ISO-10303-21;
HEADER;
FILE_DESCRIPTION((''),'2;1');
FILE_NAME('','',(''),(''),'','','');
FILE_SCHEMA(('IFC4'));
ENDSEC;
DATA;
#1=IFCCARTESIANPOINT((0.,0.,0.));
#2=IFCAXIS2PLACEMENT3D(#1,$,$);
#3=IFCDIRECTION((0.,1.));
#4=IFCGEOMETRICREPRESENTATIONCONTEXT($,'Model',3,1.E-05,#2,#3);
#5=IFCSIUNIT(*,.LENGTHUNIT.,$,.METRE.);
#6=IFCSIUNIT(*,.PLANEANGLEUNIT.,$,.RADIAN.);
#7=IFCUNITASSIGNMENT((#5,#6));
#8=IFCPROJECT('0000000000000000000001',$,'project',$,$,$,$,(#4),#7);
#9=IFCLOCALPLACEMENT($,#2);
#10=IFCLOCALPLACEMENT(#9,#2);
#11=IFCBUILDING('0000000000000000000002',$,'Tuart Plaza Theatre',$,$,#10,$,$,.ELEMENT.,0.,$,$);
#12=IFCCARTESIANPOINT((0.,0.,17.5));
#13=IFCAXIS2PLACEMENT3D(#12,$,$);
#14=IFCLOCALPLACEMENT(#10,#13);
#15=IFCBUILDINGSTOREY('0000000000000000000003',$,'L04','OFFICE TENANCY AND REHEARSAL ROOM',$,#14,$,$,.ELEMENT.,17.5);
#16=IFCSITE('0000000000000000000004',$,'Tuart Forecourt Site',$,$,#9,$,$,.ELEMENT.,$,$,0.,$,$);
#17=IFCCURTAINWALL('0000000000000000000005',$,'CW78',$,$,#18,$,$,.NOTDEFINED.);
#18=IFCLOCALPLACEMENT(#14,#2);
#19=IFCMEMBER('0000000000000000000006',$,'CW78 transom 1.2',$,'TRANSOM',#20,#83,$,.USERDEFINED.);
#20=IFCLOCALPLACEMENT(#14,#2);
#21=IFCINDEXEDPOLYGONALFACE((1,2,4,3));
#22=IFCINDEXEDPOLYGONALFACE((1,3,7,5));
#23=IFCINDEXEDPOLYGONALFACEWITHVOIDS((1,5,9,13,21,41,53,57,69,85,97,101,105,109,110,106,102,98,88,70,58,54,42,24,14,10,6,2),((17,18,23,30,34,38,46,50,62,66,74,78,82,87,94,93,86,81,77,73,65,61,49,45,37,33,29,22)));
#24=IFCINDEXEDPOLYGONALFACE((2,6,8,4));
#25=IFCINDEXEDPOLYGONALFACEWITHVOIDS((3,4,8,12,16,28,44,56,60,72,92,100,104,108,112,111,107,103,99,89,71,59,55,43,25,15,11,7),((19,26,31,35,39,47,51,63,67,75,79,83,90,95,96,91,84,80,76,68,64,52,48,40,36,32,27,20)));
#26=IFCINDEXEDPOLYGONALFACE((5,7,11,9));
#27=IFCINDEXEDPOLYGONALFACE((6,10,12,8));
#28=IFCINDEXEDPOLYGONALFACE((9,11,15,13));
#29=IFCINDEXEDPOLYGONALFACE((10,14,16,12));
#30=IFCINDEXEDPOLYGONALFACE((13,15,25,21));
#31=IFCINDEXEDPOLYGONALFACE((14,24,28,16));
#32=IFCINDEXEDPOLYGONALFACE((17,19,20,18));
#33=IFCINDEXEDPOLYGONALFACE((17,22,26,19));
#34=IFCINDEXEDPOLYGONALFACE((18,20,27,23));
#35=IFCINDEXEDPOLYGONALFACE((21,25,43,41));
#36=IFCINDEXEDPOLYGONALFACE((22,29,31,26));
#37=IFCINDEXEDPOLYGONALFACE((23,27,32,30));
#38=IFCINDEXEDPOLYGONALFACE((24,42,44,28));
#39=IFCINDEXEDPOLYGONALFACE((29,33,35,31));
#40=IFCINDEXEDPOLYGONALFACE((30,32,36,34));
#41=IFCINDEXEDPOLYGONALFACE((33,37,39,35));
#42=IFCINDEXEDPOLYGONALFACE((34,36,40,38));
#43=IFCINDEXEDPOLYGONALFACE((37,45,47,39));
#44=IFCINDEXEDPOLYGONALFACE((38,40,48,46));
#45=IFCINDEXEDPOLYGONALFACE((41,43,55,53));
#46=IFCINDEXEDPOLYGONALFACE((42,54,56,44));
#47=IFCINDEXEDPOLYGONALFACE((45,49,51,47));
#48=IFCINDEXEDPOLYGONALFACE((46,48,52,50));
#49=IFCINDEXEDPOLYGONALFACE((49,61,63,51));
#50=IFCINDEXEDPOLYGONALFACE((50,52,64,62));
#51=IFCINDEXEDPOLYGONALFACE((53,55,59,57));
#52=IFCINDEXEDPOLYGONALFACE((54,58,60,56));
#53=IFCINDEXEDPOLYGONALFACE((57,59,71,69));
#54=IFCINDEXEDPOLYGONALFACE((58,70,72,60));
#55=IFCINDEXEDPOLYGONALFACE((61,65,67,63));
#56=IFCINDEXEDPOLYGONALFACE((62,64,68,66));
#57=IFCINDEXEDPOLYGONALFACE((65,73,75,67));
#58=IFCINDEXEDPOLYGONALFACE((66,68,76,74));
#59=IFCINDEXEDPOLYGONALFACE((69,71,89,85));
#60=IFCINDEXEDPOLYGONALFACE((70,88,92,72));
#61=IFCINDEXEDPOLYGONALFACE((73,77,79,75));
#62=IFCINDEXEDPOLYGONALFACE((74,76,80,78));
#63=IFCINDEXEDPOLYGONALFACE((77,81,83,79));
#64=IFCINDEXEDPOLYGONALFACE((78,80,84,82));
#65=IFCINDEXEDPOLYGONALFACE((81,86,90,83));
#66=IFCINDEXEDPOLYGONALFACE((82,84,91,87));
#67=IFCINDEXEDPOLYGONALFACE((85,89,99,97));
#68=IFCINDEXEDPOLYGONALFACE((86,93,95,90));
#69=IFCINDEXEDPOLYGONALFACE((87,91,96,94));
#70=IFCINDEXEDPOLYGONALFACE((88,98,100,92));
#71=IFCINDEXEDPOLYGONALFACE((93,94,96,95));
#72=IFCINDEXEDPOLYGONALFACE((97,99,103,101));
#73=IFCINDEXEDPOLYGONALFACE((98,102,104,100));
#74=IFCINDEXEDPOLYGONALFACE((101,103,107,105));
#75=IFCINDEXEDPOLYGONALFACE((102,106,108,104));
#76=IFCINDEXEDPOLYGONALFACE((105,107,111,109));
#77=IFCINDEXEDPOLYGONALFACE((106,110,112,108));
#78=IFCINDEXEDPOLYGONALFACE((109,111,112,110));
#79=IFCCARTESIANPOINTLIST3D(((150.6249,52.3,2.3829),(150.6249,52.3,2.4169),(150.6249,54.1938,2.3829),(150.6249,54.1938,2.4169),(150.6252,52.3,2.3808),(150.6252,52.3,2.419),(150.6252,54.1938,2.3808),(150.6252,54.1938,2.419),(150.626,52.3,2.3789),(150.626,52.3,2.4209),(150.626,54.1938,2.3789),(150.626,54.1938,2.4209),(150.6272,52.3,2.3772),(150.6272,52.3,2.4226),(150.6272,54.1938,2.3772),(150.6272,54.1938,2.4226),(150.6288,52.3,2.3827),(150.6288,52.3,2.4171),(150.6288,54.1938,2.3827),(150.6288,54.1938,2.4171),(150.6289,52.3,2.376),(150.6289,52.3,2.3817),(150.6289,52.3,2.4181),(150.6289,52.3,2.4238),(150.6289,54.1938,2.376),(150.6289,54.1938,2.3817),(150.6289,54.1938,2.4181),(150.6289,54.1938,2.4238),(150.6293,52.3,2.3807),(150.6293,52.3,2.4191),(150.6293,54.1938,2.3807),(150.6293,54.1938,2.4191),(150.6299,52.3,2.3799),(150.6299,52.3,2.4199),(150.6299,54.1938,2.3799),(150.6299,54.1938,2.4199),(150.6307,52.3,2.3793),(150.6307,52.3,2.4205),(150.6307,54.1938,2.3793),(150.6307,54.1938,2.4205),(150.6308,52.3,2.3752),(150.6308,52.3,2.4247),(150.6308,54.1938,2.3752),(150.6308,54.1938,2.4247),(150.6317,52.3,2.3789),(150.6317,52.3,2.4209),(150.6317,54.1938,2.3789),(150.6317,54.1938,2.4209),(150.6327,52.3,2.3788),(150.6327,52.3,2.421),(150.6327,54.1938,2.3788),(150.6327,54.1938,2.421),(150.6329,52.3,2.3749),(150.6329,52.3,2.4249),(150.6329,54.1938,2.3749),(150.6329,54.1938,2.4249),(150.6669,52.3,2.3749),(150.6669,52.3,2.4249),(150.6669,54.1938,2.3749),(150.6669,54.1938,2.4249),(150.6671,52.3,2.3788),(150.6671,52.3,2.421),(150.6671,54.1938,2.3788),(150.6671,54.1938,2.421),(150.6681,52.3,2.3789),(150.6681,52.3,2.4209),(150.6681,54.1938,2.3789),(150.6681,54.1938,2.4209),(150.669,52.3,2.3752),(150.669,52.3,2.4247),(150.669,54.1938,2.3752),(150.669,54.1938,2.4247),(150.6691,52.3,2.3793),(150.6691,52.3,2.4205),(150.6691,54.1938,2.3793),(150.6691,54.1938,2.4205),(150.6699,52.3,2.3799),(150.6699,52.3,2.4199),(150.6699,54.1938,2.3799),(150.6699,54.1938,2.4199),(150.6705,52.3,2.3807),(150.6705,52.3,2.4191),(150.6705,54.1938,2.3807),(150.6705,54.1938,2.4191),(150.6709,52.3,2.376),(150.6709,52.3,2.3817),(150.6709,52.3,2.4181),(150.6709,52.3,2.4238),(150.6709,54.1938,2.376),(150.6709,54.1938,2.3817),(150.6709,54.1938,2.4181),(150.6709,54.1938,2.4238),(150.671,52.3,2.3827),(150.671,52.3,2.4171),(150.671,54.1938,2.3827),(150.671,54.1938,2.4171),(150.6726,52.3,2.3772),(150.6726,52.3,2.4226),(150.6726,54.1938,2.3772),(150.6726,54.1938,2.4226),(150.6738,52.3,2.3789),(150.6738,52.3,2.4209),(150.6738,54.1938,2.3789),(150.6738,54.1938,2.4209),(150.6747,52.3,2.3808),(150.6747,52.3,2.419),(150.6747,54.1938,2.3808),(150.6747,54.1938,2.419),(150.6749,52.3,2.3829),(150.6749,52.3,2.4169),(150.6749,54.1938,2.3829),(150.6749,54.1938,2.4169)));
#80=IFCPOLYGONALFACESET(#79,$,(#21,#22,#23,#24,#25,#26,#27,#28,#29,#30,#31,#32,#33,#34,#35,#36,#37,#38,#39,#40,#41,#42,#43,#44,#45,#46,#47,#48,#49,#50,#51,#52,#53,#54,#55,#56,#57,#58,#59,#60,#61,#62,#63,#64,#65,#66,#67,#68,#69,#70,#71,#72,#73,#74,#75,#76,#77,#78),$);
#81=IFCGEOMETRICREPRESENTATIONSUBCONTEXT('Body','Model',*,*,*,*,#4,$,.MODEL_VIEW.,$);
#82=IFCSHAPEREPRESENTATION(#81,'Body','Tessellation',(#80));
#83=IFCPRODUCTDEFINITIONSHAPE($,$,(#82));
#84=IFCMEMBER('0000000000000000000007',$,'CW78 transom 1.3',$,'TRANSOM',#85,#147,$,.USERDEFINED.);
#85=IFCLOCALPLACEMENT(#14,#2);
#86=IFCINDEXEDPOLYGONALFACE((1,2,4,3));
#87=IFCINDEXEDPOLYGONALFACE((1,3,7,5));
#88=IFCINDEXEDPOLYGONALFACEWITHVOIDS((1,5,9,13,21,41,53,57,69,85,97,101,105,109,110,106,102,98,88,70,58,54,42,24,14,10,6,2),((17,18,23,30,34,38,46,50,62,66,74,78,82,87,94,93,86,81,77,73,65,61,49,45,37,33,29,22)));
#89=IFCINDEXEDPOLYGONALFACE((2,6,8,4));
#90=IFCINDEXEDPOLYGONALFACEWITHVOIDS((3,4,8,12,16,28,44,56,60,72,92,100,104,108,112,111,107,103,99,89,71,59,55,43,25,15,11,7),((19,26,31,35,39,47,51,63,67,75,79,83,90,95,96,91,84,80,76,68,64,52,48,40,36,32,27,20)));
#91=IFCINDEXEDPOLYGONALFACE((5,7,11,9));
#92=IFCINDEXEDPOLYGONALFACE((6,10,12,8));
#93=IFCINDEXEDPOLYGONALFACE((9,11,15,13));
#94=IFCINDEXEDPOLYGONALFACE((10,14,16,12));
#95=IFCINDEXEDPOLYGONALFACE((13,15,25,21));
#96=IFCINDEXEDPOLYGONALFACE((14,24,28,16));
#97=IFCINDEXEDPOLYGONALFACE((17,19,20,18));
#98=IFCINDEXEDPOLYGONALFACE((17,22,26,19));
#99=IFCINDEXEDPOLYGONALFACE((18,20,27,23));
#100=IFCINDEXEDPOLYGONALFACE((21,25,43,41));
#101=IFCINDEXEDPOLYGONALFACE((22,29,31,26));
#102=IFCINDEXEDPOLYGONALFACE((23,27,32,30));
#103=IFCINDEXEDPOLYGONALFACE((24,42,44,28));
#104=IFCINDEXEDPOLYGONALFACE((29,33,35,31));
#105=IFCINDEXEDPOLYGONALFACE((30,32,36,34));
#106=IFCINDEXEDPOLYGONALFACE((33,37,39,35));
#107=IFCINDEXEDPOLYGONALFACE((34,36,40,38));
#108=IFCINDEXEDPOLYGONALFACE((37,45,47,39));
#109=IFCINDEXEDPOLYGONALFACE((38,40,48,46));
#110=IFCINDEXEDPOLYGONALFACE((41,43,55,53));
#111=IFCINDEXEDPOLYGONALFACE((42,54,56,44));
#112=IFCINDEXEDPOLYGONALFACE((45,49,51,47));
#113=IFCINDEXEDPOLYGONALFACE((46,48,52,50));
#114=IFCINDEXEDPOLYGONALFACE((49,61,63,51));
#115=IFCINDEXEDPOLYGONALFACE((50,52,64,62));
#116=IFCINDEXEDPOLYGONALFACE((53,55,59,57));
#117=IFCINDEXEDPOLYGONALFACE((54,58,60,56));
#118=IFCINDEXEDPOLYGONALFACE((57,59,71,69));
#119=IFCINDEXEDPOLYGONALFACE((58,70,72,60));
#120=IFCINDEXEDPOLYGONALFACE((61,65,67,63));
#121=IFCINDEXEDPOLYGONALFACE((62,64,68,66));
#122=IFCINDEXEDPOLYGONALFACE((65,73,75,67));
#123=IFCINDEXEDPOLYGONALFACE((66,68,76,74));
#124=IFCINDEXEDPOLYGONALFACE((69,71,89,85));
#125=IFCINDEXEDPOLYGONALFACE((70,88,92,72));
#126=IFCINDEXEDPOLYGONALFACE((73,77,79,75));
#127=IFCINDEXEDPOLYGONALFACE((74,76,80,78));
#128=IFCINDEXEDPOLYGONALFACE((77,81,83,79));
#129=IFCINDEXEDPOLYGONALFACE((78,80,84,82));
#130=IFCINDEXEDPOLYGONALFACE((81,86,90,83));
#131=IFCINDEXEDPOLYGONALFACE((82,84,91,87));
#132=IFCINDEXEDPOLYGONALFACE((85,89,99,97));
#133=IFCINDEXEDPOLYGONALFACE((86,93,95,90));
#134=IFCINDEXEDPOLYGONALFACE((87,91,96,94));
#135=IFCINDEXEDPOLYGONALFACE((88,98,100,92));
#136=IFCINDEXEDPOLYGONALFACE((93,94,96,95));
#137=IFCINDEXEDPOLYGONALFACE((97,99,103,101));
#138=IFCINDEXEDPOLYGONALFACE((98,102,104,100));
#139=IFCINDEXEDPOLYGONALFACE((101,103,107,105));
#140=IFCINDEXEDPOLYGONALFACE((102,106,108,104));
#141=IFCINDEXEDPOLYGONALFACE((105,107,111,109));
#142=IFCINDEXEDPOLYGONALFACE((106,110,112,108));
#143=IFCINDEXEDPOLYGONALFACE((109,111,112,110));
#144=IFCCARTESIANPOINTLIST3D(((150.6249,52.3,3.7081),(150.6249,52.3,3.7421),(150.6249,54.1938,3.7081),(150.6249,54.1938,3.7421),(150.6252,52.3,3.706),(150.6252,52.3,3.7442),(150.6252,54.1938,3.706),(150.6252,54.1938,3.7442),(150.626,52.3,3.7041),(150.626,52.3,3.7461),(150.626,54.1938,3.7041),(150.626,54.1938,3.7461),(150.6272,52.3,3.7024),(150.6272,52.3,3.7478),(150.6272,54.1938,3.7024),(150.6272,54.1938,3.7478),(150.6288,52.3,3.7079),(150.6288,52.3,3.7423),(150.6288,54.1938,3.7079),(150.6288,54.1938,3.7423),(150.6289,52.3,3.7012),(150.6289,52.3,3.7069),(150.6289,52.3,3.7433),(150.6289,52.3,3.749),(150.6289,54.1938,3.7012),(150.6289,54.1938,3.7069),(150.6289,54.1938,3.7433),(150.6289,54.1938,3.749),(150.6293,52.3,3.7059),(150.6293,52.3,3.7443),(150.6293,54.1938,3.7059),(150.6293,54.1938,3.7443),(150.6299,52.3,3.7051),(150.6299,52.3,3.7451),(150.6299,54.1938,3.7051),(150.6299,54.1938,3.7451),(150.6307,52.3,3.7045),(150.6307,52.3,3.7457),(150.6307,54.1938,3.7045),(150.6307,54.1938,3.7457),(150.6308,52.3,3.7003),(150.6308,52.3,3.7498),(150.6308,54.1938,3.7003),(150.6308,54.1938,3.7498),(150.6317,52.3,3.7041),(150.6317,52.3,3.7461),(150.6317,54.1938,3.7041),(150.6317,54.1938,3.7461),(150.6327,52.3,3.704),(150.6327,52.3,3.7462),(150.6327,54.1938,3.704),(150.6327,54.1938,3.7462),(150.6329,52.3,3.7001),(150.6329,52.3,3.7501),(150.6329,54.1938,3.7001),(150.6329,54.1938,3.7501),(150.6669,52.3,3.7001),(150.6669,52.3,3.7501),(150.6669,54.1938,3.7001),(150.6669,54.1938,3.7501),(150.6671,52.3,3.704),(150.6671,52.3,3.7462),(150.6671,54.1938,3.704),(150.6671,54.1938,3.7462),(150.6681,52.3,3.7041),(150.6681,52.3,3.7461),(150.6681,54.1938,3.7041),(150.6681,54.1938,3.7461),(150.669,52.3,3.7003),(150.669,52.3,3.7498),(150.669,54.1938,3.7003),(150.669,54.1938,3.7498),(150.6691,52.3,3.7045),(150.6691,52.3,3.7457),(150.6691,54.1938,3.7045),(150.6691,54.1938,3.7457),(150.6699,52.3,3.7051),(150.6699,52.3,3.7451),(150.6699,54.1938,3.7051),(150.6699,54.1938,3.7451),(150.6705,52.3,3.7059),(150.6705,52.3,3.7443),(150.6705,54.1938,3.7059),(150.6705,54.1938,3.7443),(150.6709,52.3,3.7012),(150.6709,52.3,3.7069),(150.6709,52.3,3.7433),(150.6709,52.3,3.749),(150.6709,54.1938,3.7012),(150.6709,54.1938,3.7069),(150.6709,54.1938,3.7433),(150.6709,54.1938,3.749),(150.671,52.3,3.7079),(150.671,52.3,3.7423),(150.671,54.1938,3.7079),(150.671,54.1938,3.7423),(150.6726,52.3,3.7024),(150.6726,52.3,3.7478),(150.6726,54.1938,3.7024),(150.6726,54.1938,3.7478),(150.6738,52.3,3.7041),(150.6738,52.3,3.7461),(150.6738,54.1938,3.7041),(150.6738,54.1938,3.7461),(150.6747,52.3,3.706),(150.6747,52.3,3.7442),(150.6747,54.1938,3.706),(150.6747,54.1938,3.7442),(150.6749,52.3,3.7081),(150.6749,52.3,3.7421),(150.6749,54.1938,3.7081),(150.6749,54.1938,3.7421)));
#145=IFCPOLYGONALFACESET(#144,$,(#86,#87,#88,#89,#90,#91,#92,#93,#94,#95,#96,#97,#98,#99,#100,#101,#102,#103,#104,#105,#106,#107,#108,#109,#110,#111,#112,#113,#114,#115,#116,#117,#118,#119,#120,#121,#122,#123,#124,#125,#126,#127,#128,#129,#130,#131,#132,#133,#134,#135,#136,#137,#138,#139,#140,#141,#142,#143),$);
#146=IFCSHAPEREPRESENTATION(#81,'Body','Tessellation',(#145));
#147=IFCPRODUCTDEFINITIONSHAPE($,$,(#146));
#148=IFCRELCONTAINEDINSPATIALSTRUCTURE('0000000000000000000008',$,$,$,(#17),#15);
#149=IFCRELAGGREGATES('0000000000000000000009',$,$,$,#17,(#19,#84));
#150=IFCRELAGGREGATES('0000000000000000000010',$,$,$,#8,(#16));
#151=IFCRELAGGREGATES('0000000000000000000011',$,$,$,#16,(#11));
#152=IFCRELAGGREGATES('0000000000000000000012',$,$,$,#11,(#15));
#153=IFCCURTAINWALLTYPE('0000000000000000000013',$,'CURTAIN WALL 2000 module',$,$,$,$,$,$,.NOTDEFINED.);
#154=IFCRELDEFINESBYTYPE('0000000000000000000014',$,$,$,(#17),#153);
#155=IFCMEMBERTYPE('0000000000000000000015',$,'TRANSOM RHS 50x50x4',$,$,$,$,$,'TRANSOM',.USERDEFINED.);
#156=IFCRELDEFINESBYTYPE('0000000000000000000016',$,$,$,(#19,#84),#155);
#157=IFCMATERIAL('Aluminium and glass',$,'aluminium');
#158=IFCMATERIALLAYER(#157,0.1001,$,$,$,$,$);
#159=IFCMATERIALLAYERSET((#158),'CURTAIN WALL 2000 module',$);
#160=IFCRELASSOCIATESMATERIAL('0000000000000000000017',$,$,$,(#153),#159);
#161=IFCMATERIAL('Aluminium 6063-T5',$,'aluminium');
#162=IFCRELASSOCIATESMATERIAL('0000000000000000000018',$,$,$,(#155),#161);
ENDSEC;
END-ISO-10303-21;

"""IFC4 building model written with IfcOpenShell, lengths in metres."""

from ifc_helpers import new_model, si_unit, direction, frame, origin, origin_2d, place, context, subcontext, project, spatial, hollow_rectangle, extrude, material, layer, layer_set, material_profile, profile_set, type_object, element, aggregate, save


model = new_model("IFC4")

# Units and contexts
model_context = context("Model", 3, precision=1e-05, world=origin(), true_north=direction((0.0, 1.0)))
body_context = subcontext(model_context, "Body", "Model", "MODEL_VIEW")
ifc_project = project(units=[si_unit("LENGTHUNIT", "METRE"), si_unit("PLANEANGLEUNIT", "RADIAN")], contexts=[model_context])

# Site, building, storey
site_placement = place(None, origin())
site = spatial("IfcSite", under=ifc_project, at=site_placement, Name="Tuart Forecourt Site", CompositionType="ELEMENT", RefElevation=0.0)
building_placement = place(site_placement, origin())
building = spatial("IfcBuilding", under=site, at=building_placement, Name="Tuart Plaza Theatre", CompositionType="ELEMENT", ElevationOfRefHeight=0.0)
storey_placement = place(building_placement, frame((0.0, 0.0, 17.5)))
storey = spatial("IfcBuildingStorey", under=building, at=storey_placement, Name="L04", Description="OFFICE TENANCY AND REHEARSAL ROOM", CompositionType="ELEMENT", Elevation=17.5)

# Curtain wall
ifc_material_1 = material(Name="Aluminium and glass", Category="aluminium")
ifc_layer_1 = layer(ifc_material_1, 0.1001)
ifc_layer_set_1 = layer_set([ifc_layer_1], Name="CURTAIN WALL 2000 module")
curtain_wall_type = type_object("IfcCurtainWallType", Name="CURTAIN WALL 2000 module", PredefinedType="NOTDEFINED", material=ifc_layer_set_1)
curtain_wall_1_placement = place(storey_placement, origin())
curtain_wall_1 = element("IfcCurtainWall", 1, at=curtain_wall_1_placement, inside=storey, type_object=curtain_wall_type, Name="CW78", PredefinedType="NOTDEFINED")

# Members
ifc_material_2 = material(Name="Aluminium 6063-T5", Category="aluminium")
ifc_material_profile_1 = material_profile(ifc_material_2, hollow_rectangle(XDim=0.05, YDim=0.05, WallThickness=0.0039, InnerFilletRadius=0.0039, OuterFilletRadius=0.0081, at=origin_2d()), Name="RHS 50x50x4")
ifc_profile_set_1 = profile_set([ifc_material_profile_1], Name="Aluminium 6063-T5")
member_type_1 = type_object("IfcMemberType", Name="TRANSOM RHS 50x50x4", ElementType="TRANSOM", PredefinedType="USERDEFINED", material=ifc_profile_set_1)
member_1_placement = place(storey_placement, frame((150.6499, 52.3, 2.3999), z_axis=(0.0, 1.0, 0.0), x_axis=(-1.0, 0.0, 0.0)))
member_1 = element("IfcMember", 2, at=member_1_placement, type_object=member_type_1, Name="CW78 transom 1.2", ObjectType="TRANSOM", PredefinedType="USERDEFINED", context=body_context, shape_type="SweptSolid", body=[
    extrude(hollow_rectangle(XDim=0.05, YDim=0.05, WallThickness=0.0039, InnerFilletRadius=0.0039, OuterFilletRadius=0.0081, at=origin_2d()), origin(), (0.0, 0.0, 1.0), 1.8938),
])
member_2_placement = place(storey_placement, frame((150.6499, 52.3, 3.7251), z_axis=(0.0, 1.0, 0.0), x_axis=(-1.0, 0.0, 0.0)))
member_2 = element("IfcMember", 3, at=member_2_placement, type_object=member_type_1, Name="CW78 transom 1.3", ObjectType="TRANSOM", PredefinedType="USERDEFINED", context=body_context, shape_type="SweptSolid", body=[
    extrude(hollow_rectangle(XDim=0.05, YDim=0.05, WallThickness=0.0039, InnerFilletRadius=0.0039, OuterFilletRadius=0.0081, at=origin_2d()), origin(), (0.0, 0.0, 1.0), 1.8938),
])

aggregate(curtain_wall_1, [member_1, member_2])

save(model, "model.ifc")
